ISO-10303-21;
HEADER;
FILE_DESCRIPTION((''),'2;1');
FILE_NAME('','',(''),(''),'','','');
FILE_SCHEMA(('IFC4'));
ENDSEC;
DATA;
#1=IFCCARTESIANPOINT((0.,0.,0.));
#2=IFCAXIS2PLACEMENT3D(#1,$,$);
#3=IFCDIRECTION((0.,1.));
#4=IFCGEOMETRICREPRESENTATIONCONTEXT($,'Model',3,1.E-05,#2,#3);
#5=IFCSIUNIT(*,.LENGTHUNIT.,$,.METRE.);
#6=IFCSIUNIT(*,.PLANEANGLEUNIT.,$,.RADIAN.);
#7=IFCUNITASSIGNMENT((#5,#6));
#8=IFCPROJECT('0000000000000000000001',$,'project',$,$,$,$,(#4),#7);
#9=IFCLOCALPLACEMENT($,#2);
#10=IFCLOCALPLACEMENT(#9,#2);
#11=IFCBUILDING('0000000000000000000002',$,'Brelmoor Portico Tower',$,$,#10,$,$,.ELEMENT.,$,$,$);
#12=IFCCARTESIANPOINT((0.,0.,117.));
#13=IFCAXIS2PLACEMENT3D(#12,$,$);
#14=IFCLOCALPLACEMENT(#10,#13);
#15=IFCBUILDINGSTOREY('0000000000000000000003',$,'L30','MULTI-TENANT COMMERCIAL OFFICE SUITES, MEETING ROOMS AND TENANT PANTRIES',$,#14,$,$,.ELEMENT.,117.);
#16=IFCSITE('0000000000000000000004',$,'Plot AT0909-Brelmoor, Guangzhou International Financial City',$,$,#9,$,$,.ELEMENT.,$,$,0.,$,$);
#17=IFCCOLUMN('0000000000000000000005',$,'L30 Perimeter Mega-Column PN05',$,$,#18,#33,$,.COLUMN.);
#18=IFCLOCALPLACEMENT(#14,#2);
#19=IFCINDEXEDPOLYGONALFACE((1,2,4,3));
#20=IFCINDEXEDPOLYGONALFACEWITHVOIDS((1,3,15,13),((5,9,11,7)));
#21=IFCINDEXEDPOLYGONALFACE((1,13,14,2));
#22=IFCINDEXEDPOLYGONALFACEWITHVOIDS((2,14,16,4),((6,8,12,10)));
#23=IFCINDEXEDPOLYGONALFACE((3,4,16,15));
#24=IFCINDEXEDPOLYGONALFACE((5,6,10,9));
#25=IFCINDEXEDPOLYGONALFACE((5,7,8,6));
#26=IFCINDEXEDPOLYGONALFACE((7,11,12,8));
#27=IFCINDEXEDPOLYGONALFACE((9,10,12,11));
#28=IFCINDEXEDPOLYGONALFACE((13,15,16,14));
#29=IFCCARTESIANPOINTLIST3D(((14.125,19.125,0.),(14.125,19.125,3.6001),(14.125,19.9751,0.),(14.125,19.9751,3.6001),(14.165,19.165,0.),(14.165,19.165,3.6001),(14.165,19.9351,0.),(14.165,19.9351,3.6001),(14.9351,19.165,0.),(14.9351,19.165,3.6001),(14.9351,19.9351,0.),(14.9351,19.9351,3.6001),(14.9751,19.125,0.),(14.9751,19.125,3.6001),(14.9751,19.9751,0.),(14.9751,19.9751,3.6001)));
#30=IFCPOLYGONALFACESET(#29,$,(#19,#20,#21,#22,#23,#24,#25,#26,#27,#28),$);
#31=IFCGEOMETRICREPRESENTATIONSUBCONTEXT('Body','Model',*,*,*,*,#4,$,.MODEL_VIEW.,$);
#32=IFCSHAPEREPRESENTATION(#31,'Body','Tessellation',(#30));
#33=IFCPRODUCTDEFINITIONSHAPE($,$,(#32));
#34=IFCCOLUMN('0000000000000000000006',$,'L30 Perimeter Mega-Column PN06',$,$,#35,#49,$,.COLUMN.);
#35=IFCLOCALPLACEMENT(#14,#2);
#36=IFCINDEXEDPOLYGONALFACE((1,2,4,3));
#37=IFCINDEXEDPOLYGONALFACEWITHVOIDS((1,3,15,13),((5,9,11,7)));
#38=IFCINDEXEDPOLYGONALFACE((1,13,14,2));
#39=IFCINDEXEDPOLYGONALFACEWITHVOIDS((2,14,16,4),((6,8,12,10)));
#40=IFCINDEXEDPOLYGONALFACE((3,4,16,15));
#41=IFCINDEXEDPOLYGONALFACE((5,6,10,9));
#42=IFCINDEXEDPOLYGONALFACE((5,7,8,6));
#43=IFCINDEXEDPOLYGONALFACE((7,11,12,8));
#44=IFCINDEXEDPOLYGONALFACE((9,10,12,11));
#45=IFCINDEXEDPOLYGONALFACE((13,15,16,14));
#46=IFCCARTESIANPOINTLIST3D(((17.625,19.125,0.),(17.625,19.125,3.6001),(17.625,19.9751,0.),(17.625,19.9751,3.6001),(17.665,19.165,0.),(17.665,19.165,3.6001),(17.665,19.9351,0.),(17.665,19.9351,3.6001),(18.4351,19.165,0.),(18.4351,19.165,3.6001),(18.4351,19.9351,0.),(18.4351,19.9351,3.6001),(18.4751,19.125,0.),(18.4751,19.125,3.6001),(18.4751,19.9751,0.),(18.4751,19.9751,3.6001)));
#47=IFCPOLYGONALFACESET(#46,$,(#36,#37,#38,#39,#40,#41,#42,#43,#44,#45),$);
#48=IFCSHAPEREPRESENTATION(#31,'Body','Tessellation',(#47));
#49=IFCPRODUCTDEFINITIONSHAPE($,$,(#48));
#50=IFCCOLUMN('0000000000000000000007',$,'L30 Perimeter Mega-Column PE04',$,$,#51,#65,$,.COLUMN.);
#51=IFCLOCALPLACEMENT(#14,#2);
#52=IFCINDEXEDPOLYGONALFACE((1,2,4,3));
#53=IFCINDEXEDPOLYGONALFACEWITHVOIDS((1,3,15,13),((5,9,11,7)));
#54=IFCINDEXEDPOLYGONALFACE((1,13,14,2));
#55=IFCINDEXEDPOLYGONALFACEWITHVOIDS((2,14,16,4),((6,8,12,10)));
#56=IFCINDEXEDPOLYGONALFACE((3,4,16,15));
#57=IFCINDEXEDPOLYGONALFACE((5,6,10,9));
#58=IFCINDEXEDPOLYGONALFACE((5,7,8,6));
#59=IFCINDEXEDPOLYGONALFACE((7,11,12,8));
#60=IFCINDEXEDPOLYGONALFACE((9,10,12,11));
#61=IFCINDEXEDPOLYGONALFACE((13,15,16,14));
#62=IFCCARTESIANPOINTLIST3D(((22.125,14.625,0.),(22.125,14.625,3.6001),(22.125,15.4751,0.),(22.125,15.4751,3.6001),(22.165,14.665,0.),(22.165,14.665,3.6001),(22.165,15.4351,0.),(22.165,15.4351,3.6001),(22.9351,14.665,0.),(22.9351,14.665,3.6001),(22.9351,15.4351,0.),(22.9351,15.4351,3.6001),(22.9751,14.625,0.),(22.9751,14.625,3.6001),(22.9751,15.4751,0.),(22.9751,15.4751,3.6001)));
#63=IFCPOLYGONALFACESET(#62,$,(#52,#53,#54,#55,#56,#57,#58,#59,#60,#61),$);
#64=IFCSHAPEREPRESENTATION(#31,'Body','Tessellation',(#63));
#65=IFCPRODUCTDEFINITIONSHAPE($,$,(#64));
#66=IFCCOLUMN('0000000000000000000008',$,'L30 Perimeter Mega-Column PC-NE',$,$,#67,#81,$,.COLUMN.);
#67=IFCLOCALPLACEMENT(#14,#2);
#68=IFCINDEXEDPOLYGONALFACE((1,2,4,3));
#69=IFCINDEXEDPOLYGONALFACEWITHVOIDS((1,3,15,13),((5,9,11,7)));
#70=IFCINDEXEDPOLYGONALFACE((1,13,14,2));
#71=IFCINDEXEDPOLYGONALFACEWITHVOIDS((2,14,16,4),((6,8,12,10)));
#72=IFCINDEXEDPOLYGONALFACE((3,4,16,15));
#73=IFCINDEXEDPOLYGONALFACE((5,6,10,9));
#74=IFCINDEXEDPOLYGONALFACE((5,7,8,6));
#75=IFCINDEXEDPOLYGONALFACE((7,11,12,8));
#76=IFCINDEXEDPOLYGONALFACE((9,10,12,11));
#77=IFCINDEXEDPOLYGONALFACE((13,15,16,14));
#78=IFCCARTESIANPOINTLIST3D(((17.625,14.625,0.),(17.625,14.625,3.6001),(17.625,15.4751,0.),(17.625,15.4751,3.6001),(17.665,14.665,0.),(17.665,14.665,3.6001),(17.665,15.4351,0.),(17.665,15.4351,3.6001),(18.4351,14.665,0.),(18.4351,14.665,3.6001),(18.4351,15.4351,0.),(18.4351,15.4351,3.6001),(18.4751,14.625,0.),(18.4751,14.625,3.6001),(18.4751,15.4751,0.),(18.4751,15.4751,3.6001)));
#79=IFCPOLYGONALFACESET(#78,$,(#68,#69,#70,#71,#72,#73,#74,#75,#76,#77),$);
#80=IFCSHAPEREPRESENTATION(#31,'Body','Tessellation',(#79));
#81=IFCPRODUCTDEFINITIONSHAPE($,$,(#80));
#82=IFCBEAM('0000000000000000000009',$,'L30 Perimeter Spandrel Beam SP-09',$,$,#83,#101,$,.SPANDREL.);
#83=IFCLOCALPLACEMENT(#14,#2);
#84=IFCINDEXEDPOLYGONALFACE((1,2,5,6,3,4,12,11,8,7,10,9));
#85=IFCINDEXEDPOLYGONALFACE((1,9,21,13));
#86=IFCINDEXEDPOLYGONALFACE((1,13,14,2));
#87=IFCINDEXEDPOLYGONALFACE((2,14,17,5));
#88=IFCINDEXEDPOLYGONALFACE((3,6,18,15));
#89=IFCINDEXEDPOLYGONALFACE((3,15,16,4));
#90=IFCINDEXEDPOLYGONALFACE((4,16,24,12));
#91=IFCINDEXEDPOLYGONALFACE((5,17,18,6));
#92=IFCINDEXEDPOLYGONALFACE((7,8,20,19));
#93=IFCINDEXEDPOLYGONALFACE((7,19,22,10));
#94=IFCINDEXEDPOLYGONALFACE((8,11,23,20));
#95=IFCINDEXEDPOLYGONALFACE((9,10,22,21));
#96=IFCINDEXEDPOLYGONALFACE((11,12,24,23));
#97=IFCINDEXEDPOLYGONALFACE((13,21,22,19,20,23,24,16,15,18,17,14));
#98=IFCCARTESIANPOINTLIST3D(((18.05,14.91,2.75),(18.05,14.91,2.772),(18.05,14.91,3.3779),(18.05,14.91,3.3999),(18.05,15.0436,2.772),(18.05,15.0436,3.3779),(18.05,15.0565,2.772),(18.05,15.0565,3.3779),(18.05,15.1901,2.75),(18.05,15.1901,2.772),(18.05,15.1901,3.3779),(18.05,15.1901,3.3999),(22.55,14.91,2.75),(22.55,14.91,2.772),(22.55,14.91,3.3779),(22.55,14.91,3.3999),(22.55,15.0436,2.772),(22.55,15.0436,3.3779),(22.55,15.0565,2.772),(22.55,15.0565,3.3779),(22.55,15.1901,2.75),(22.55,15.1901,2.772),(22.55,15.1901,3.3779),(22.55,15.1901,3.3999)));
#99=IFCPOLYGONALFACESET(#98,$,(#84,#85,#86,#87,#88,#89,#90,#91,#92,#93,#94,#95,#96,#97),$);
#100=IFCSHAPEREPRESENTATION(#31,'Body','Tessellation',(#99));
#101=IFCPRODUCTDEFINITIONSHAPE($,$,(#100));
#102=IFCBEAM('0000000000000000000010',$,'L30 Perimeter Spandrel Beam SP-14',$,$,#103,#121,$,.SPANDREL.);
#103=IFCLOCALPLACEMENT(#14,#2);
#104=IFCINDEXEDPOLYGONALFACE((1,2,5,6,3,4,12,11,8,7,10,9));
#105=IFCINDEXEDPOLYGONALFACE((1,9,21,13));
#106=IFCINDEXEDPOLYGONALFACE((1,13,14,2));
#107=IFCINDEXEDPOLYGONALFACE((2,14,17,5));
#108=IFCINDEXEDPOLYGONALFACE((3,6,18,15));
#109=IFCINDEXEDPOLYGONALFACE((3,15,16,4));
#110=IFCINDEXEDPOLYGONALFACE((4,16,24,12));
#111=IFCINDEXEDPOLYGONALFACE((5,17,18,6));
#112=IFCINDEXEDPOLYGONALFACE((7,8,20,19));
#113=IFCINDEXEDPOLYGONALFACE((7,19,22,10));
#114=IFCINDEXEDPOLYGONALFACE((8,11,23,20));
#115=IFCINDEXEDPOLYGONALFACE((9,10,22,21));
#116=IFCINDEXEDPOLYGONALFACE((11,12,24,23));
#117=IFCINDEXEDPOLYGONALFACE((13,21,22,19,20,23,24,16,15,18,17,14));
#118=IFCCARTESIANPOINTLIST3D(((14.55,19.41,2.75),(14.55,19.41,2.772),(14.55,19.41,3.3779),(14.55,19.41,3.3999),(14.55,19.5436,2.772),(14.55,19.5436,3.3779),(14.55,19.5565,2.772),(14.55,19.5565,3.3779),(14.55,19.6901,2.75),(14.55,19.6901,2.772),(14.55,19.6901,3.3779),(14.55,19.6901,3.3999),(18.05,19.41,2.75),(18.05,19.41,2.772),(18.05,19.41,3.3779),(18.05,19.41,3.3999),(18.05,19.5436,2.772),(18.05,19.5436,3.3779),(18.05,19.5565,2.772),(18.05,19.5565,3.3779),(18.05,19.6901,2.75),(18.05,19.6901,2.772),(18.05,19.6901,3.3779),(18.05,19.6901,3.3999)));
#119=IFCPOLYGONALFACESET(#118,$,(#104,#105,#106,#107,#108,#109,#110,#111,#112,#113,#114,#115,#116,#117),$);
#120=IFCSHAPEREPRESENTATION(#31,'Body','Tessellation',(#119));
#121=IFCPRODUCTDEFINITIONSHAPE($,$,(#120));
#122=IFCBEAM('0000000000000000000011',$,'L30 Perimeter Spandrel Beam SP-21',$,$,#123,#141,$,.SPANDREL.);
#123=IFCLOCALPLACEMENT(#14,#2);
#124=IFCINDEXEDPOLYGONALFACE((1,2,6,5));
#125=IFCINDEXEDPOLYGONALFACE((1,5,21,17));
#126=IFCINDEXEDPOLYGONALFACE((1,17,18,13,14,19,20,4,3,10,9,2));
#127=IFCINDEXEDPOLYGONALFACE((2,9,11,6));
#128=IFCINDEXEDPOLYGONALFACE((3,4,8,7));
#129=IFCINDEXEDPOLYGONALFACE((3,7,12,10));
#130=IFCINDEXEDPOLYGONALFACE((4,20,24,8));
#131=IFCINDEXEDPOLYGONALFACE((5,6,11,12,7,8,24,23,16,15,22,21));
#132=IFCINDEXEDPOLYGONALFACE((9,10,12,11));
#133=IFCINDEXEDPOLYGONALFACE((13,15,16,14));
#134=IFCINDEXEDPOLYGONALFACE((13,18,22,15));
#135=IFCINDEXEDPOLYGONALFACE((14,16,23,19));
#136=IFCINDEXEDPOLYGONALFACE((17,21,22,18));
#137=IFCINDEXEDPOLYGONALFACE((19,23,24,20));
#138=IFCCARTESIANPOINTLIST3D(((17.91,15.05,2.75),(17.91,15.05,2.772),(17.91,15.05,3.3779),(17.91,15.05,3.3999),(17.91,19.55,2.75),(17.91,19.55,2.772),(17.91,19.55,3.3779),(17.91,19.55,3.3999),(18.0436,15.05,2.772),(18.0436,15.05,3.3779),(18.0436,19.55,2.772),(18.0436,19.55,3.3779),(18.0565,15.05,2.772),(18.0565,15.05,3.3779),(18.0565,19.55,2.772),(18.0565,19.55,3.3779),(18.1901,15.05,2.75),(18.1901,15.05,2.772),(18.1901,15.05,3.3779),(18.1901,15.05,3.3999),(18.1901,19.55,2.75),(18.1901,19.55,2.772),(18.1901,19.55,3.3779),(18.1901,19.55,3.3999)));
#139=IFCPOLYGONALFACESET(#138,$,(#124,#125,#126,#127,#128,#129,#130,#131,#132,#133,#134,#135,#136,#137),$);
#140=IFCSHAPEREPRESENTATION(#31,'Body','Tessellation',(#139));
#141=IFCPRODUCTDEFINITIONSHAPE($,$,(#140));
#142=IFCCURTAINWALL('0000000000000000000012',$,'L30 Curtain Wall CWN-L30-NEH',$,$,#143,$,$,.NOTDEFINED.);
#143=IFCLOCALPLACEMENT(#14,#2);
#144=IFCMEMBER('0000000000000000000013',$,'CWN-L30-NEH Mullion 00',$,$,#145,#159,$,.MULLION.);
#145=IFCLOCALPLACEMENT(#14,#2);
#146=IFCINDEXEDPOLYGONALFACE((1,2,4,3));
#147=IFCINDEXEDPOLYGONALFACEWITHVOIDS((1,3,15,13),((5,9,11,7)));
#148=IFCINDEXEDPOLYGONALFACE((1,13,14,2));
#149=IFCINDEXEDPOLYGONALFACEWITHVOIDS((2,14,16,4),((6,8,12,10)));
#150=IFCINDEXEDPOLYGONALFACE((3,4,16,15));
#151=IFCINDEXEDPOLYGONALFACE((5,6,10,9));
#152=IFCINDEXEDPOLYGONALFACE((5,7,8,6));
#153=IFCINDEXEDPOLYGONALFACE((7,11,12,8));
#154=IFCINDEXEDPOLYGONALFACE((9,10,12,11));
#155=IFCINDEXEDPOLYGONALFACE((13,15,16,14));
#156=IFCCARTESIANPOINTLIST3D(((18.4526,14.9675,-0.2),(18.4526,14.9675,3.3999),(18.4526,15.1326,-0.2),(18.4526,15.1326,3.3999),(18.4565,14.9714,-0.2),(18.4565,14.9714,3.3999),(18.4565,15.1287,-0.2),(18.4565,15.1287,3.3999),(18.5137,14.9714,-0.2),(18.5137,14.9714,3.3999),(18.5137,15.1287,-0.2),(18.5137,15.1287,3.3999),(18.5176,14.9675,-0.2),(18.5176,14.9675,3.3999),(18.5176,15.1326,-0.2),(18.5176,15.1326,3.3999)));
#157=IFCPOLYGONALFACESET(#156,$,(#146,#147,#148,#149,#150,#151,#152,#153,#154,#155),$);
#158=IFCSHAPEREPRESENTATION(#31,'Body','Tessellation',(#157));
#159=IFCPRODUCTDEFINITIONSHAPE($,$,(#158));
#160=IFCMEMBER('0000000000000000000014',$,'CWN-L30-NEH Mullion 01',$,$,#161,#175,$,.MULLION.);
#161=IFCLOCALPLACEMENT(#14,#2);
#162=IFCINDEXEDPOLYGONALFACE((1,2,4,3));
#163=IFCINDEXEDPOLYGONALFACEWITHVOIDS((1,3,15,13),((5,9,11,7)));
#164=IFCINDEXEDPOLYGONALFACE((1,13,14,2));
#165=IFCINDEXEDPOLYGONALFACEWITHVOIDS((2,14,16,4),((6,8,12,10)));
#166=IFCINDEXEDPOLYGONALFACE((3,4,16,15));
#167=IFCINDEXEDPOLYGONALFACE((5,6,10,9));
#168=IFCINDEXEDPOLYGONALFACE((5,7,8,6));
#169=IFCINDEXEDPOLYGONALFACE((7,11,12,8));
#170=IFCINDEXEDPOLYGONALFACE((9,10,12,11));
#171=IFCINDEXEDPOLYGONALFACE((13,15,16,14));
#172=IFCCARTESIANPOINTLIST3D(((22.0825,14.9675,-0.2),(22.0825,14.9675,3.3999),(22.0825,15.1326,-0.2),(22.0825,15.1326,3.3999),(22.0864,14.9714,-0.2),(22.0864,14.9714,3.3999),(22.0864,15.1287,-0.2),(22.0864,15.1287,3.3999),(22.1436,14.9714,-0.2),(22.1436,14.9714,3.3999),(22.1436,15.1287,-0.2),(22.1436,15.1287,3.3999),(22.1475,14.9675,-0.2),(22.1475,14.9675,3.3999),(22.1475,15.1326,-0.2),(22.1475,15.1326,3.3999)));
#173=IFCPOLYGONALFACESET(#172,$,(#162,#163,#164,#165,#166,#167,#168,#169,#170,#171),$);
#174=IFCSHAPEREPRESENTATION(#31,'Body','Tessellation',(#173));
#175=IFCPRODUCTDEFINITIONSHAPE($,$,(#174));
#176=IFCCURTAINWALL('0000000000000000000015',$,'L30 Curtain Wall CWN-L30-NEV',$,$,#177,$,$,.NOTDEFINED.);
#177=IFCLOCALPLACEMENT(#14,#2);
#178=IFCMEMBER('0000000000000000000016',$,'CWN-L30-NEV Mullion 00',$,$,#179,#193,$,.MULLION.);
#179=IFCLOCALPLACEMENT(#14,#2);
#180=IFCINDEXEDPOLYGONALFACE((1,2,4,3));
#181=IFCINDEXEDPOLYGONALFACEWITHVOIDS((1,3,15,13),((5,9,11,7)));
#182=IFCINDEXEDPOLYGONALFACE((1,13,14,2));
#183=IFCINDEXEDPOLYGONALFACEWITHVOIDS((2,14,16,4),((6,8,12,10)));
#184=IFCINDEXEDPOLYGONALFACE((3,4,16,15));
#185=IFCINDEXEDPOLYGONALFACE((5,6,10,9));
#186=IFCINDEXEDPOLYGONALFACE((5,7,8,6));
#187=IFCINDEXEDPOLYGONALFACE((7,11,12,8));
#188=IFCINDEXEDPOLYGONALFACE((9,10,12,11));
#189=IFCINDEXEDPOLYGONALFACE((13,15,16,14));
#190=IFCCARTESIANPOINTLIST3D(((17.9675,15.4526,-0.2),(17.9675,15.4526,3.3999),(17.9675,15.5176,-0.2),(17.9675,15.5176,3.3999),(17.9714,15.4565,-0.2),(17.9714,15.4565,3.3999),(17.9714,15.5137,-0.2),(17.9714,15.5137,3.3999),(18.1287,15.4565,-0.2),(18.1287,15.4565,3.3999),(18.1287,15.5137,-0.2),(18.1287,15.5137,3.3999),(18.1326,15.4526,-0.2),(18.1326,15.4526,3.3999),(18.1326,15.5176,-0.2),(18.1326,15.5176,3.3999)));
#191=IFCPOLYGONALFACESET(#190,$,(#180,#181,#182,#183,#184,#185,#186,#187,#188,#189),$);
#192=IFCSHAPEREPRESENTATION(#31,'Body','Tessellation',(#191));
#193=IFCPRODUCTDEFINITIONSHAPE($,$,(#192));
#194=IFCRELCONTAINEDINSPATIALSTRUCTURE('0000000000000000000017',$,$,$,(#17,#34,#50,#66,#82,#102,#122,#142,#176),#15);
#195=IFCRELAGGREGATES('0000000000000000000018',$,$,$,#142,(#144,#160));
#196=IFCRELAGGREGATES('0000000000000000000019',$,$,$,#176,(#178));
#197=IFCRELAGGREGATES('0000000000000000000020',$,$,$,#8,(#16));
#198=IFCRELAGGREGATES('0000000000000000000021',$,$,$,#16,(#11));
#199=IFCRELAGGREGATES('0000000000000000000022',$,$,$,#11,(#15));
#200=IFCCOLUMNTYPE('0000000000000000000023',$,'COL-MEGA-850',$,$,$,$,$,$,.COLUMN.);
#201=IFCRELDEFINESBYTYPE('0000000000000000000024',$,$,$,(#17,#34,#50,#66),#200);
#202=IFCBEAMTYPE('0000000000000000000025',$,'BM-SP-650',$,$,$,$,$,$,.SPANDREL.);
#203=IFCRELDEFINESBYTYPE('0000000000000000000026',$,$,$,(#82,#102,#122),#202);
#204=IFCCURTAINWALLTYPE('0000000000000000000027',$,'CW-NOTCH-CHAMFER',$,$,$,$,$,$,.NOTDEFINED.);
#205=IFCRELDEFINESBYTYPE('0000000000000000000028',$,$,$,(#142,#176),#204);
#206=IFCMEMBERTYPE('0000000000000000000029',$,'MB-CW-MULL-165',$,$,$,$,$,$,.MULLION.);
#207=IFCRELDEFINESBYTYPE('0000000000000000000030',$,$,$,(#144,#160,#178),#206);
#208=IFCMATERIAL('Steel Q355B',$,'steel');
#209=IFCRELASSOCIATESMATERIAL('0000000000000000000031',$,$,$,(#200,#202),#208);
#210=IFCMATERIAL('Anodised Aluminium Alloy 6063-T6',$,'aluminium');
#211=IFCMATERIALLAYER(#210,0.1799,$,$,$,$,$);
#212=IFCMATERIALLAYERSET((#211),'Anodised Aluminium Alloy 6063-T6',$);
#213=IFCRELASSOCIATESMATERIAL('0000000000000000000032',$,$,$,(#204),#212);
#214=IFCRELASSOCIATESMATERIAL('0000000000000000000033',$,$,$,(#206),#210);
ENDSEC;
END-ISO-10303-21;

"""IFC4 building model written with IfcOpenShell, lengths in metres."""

from ifc_helpers import new_model, si_unit, direction, frame, origin, origin_2d, place, context, subcontext, project, spatial, hollow_rectangle, i_section, extrude, material, layer, layer_set, material_profile, profile_set, type_object, element, aggregate, save


model = new_model("IFC4")

# Units and contexts
model_context = context("Model", 3, precision=1e-05, world=origin(), true_north=direction((0.0, 1.0)))
body_context = subcontext(model_context, "Body", "Model", "MODEL_VIEW")
ifc_project = project(units=[si_unit("LENGTHUNIT", "METRE"), si_unit("PLANEANGLEUNIT", "RADIAN")], contexts=[model_context])

# Site, building, storey
site_placement = place(None, origin())
site = spatial("IfcSite", under=ifc_project, at=site_placement, Name="Plot AT0909-Brelmoor, Guangzhou International Financial City", CompositionType="ELEMENT", RefElevation=0.0)
building_placement = place(site_placement, origin())
building = spatial("IfcBuilding", under=site, at=building_placement, Name="Brelmoor Portico Tower", CompositionType="ELEMENT")
storey_placement = place(building_placement, frame((0.0, 0.0, 117.0)))
storey = spatial("IfcBuildingStorey", under=building, at=storey_placement, Name="L30", Description="MULTI-TENANT COMMERCIAL OFFICE SUITES, MEETING ROOMS AND TENANT PANTRIES", CompositionType="ELEMENT", Elevation=117.0)

# Columns
ifc_material_1 = material(Name="Steel Q355B", Category="steel")
ifc_material_profile_1 = material_profile(ifc_material_1, hollow_rectangle(XDim=0.8501, YDim=0.8501, WallThickness=0.04, at=origin_2d()), Name="BOX 850x850x40")
ifc_profile_set_1 = profile_set([ifc_material_profile_1], Name="Steel Q355B")
column_type = type_object("IfcColumnType", Name="COL-MEGA-850", PredefinedType="COLUMN", material=ifc_profile_set_1)
for number, where, z_axis, x_axis, name in (
    (1, (14.55, 19.55, 0.0), (0.0, 0.0, 1.0), (1.0, 0.0, 0.0), "L30 Perimeter Mega-Column PN05"),
    (2, (18.05, 19.55, 0.0), (0.0, 0.0, 1.0), (1.0, 0.0, 0.0), "L30 Perimeter Mega-Column PN06"),
    (3, (22.55, 15.05, 0.0), (0.0, 0.0, 1.0), (0.0, 1.0, 0.0), "L30 Perimeter Mega-Column PE04"),
    (4, (18.05, 15.05, 0.0), (0.0, 0.0, 1.0), (1.0, 0.0, 0.0), "L30 Perimeter Mega-Column PC-NE"),
):
    element("IfcColumn", number, at=place(storey_placement, frame(where, z_axis=z_axis, x_axis=x_axis)), inside=storey, type_object=column_type, Name=name, PredefinedType="COLUMN", context=body_context, shape_type="SweptSolid", body=[
        extrude(hollow_rectangle(XDim=0.8501, YDim=0.8501, WallThickness=0.04, at=origin_2d()), origin(), (0.0, 0.0, 1.0), 3.6001),
    ])

# Beams
ifc_material_profile_2 = material_profile(ifc_material_1, i_section(OverallWidth=0.28, OverallDepth=0.6499, WebThickness=0.0129, FlangeThickness=0.022, at=origin_2d()), Name="HN 650x280x13x22")
ifc_profile_set_2 = profile_set([ifc_material_profile_2], Name="Steel Q355B")
beam_type = type_object("IfcBeamType", Name="BM-SP-650", PredefinedType="SPANDREL", material=ifc_profile_set_2)
beam_1_placement = place(storey_placement, frame((18.05, 15.05, 3.075), z_axis=(1.0, 0.0, 0.0), x_axis=(0.0, 1.0, 0.0)))
element("IfcBeam", 5, at=beam_1_placement, inside=storey, type_object=beam_type, Name="L30 Perimeter Spandrel Beam SP-09", PredefinedType="SPANDREL", context=body_context, shape_type="SweptSolid", body=[
    extrude(i_section(OverallWidth=0.28, OverallDepth=0.6499, WebThickness=0.0129, FlangeThickness=0.022, at=origin_2d()), origin(), (0.0, 0.0, 1.0), 4.5),
])
beam_2_placement = place(storey_placement, frame((14.55, 19.55, 3.075), z_axis=(1.0, 0.0, 0.0), x_axis=(0.0, 1.0, 0.0)))
element("IfcBeam", 6, at=beam_2_placement, inside=storey, type_object=beam_type, Name="L30 Perimeter Spandrel Beam SP-14", PredefinedType="SPANDREL", context=body_context, shape_type="SweptSolid", body=[
    extrude(i_section(OverallWidth=0.28, OverallDepth=0.6499, WebThickness=0.0129, FlangeThickness=0.022, at=origin_2d()), origin(), (0.0, 0.0, 1.0), 3.5),
])
beam_3_placement = place(storey_placement, frame((18.05, 15.05, 3.075), z_axis=(0.0, 1.0, 0.0), x_axis=(-1.0, 0.0, 0.0)))
element("IfcBeam", 7, at=beam_3_placement, inside=storey, type_object=beam_type, Name="L30 Perimeter Spandrel Beam SP-21", PredefinedType="SPANDREL", context=body_context, shape_type="SweptSolid", body=[
    extrude(i_section(OverallWidth=0.28, OverallDepth=0.6499, WebThickness=0.0129, FlangeThickness=0.022, at=origin_2d()), origin(), (0.0, 0.0, 1.0), 4.5),
])

# Curtain walls, members
ifc_material_2 = material(Name="Anodised Aluminium Alloy 6063-T6", Category="aluminium")
ifc_layer_1 = layer(ifc_material_2, 0.1799)
ifc_layer_set_1 = layer_set([ifc_layer_1], Name="Anodised Aluminium Alloy 6063-T6")
curtain_wall_type_1 = type_object("IfcCurtainWallType", Name="CW-NOTCH-CHAMFER", PredefinedType="NOTDEFINED", material=ifc_layer_set_1)
curtain_wall_1_placement = place(storey_placement, origin())
curtain_wall_1 = element("IfcCurtainWall", 8, at=curtain_wall_1_placement, inside=storey, type_object=curtain_wall_type_1, Name="L30 Curtain Wall CWN-L30-NEH", PredefinedType="NOTDEFINED")
ifc_material_profile_3 = material_profile(ifc_material_2, hollow_rectangle(XDim=0.0649, YDim=0.165, WallThickness=0.0039, at=origin_2d()), Name="ALU MULLION 65x165")
ifc_profile_set_3 = profile_set([ifc_material_profile_3], Name="Anodised Aluminium Alloy 6063-T6")
member_type_1 = type_object("IfcMemberType", Name="MB-CW-MULL-165", PredefinedType="MULLION", material=ifc_profile_set_3)
member_1_placement = place(storey_placement, frame((18.4851, 15.05, -0.2), z_axis=(0.0, 0.0, 1.0), x_axis=(1.0, 0.0, 0.0)))
member_1 = element("IfcMember", 9, at=member_1_placement, type_object=member_type_1, Name="CWN-L30-NEH Mullion 00", PredefinedType="MULLION", context=body_context, shape_type="SweptSolid", body=[
    extrude(hollow_rectangle(XDim=0.0649, YDim=0.165, WallThickness=0.0039, at=origin_2d()), origin(), (0.0, 0.0, 1.0), 3.5999),
])
member_2_placement = place(storey_placement, frame((22.115, 15.05, -0.2), z_axis=(0.0, 0.0, 1.0), x_axis=(1.0, 0.0, 0.0)))
member_2 = element("IfcMember", 10, at=member_2_placement, type_object=member_type_1, Name="CWN-L30-NEH Mullion 01", PredefinedType="MULLION", context=body_context, shape_type="SweptSolid", body=[
    extrude(hollow_rectangle(XDim=0.0649, YDim=0.165, WallThickness=0.0039, at=origin_2d()), origin(), (0.0, 0.0, 1.0), 3.5999),
])
curtain_wall_2_placement = place(storey_placement, origin())
curtain_wall_2 = element("IfcCurtainWall", 11, at=curtain_wall_2_placement, inside=storey, type_object=curtain_wall_type_1, Name="L30 Curtain Wall CWN-L30-NEV", PredefinedType="NOTDEFINED")
member_3_placement = place(storey_placement, frame((18.05, 15.4851, -0.2), z_axis=(0.0, 0.0, 1.0), x_axis=(0.0, 1.0, 0.0)))
member_3 = element("IfcMember", 12, at=member_3_placement, type_object=member_type_1, Name="CWN-L30-NEV Mullion 00", PredefinedType="MULLION", context=body_context, shape_type="SweptSolid", body=[
    extrude(hollow_rectangle(XDim=0.0649, YDim=0.165, WallThickness=0.0039, at=origin_2d()), origin(), (0.0, 0.0, 1.0), 3.5999),
])

aggregate(curtain_wall_1, [member_1, member_2])
aggregate(curtain_wall_2, [member_3])

save(model, "model.ifc")
